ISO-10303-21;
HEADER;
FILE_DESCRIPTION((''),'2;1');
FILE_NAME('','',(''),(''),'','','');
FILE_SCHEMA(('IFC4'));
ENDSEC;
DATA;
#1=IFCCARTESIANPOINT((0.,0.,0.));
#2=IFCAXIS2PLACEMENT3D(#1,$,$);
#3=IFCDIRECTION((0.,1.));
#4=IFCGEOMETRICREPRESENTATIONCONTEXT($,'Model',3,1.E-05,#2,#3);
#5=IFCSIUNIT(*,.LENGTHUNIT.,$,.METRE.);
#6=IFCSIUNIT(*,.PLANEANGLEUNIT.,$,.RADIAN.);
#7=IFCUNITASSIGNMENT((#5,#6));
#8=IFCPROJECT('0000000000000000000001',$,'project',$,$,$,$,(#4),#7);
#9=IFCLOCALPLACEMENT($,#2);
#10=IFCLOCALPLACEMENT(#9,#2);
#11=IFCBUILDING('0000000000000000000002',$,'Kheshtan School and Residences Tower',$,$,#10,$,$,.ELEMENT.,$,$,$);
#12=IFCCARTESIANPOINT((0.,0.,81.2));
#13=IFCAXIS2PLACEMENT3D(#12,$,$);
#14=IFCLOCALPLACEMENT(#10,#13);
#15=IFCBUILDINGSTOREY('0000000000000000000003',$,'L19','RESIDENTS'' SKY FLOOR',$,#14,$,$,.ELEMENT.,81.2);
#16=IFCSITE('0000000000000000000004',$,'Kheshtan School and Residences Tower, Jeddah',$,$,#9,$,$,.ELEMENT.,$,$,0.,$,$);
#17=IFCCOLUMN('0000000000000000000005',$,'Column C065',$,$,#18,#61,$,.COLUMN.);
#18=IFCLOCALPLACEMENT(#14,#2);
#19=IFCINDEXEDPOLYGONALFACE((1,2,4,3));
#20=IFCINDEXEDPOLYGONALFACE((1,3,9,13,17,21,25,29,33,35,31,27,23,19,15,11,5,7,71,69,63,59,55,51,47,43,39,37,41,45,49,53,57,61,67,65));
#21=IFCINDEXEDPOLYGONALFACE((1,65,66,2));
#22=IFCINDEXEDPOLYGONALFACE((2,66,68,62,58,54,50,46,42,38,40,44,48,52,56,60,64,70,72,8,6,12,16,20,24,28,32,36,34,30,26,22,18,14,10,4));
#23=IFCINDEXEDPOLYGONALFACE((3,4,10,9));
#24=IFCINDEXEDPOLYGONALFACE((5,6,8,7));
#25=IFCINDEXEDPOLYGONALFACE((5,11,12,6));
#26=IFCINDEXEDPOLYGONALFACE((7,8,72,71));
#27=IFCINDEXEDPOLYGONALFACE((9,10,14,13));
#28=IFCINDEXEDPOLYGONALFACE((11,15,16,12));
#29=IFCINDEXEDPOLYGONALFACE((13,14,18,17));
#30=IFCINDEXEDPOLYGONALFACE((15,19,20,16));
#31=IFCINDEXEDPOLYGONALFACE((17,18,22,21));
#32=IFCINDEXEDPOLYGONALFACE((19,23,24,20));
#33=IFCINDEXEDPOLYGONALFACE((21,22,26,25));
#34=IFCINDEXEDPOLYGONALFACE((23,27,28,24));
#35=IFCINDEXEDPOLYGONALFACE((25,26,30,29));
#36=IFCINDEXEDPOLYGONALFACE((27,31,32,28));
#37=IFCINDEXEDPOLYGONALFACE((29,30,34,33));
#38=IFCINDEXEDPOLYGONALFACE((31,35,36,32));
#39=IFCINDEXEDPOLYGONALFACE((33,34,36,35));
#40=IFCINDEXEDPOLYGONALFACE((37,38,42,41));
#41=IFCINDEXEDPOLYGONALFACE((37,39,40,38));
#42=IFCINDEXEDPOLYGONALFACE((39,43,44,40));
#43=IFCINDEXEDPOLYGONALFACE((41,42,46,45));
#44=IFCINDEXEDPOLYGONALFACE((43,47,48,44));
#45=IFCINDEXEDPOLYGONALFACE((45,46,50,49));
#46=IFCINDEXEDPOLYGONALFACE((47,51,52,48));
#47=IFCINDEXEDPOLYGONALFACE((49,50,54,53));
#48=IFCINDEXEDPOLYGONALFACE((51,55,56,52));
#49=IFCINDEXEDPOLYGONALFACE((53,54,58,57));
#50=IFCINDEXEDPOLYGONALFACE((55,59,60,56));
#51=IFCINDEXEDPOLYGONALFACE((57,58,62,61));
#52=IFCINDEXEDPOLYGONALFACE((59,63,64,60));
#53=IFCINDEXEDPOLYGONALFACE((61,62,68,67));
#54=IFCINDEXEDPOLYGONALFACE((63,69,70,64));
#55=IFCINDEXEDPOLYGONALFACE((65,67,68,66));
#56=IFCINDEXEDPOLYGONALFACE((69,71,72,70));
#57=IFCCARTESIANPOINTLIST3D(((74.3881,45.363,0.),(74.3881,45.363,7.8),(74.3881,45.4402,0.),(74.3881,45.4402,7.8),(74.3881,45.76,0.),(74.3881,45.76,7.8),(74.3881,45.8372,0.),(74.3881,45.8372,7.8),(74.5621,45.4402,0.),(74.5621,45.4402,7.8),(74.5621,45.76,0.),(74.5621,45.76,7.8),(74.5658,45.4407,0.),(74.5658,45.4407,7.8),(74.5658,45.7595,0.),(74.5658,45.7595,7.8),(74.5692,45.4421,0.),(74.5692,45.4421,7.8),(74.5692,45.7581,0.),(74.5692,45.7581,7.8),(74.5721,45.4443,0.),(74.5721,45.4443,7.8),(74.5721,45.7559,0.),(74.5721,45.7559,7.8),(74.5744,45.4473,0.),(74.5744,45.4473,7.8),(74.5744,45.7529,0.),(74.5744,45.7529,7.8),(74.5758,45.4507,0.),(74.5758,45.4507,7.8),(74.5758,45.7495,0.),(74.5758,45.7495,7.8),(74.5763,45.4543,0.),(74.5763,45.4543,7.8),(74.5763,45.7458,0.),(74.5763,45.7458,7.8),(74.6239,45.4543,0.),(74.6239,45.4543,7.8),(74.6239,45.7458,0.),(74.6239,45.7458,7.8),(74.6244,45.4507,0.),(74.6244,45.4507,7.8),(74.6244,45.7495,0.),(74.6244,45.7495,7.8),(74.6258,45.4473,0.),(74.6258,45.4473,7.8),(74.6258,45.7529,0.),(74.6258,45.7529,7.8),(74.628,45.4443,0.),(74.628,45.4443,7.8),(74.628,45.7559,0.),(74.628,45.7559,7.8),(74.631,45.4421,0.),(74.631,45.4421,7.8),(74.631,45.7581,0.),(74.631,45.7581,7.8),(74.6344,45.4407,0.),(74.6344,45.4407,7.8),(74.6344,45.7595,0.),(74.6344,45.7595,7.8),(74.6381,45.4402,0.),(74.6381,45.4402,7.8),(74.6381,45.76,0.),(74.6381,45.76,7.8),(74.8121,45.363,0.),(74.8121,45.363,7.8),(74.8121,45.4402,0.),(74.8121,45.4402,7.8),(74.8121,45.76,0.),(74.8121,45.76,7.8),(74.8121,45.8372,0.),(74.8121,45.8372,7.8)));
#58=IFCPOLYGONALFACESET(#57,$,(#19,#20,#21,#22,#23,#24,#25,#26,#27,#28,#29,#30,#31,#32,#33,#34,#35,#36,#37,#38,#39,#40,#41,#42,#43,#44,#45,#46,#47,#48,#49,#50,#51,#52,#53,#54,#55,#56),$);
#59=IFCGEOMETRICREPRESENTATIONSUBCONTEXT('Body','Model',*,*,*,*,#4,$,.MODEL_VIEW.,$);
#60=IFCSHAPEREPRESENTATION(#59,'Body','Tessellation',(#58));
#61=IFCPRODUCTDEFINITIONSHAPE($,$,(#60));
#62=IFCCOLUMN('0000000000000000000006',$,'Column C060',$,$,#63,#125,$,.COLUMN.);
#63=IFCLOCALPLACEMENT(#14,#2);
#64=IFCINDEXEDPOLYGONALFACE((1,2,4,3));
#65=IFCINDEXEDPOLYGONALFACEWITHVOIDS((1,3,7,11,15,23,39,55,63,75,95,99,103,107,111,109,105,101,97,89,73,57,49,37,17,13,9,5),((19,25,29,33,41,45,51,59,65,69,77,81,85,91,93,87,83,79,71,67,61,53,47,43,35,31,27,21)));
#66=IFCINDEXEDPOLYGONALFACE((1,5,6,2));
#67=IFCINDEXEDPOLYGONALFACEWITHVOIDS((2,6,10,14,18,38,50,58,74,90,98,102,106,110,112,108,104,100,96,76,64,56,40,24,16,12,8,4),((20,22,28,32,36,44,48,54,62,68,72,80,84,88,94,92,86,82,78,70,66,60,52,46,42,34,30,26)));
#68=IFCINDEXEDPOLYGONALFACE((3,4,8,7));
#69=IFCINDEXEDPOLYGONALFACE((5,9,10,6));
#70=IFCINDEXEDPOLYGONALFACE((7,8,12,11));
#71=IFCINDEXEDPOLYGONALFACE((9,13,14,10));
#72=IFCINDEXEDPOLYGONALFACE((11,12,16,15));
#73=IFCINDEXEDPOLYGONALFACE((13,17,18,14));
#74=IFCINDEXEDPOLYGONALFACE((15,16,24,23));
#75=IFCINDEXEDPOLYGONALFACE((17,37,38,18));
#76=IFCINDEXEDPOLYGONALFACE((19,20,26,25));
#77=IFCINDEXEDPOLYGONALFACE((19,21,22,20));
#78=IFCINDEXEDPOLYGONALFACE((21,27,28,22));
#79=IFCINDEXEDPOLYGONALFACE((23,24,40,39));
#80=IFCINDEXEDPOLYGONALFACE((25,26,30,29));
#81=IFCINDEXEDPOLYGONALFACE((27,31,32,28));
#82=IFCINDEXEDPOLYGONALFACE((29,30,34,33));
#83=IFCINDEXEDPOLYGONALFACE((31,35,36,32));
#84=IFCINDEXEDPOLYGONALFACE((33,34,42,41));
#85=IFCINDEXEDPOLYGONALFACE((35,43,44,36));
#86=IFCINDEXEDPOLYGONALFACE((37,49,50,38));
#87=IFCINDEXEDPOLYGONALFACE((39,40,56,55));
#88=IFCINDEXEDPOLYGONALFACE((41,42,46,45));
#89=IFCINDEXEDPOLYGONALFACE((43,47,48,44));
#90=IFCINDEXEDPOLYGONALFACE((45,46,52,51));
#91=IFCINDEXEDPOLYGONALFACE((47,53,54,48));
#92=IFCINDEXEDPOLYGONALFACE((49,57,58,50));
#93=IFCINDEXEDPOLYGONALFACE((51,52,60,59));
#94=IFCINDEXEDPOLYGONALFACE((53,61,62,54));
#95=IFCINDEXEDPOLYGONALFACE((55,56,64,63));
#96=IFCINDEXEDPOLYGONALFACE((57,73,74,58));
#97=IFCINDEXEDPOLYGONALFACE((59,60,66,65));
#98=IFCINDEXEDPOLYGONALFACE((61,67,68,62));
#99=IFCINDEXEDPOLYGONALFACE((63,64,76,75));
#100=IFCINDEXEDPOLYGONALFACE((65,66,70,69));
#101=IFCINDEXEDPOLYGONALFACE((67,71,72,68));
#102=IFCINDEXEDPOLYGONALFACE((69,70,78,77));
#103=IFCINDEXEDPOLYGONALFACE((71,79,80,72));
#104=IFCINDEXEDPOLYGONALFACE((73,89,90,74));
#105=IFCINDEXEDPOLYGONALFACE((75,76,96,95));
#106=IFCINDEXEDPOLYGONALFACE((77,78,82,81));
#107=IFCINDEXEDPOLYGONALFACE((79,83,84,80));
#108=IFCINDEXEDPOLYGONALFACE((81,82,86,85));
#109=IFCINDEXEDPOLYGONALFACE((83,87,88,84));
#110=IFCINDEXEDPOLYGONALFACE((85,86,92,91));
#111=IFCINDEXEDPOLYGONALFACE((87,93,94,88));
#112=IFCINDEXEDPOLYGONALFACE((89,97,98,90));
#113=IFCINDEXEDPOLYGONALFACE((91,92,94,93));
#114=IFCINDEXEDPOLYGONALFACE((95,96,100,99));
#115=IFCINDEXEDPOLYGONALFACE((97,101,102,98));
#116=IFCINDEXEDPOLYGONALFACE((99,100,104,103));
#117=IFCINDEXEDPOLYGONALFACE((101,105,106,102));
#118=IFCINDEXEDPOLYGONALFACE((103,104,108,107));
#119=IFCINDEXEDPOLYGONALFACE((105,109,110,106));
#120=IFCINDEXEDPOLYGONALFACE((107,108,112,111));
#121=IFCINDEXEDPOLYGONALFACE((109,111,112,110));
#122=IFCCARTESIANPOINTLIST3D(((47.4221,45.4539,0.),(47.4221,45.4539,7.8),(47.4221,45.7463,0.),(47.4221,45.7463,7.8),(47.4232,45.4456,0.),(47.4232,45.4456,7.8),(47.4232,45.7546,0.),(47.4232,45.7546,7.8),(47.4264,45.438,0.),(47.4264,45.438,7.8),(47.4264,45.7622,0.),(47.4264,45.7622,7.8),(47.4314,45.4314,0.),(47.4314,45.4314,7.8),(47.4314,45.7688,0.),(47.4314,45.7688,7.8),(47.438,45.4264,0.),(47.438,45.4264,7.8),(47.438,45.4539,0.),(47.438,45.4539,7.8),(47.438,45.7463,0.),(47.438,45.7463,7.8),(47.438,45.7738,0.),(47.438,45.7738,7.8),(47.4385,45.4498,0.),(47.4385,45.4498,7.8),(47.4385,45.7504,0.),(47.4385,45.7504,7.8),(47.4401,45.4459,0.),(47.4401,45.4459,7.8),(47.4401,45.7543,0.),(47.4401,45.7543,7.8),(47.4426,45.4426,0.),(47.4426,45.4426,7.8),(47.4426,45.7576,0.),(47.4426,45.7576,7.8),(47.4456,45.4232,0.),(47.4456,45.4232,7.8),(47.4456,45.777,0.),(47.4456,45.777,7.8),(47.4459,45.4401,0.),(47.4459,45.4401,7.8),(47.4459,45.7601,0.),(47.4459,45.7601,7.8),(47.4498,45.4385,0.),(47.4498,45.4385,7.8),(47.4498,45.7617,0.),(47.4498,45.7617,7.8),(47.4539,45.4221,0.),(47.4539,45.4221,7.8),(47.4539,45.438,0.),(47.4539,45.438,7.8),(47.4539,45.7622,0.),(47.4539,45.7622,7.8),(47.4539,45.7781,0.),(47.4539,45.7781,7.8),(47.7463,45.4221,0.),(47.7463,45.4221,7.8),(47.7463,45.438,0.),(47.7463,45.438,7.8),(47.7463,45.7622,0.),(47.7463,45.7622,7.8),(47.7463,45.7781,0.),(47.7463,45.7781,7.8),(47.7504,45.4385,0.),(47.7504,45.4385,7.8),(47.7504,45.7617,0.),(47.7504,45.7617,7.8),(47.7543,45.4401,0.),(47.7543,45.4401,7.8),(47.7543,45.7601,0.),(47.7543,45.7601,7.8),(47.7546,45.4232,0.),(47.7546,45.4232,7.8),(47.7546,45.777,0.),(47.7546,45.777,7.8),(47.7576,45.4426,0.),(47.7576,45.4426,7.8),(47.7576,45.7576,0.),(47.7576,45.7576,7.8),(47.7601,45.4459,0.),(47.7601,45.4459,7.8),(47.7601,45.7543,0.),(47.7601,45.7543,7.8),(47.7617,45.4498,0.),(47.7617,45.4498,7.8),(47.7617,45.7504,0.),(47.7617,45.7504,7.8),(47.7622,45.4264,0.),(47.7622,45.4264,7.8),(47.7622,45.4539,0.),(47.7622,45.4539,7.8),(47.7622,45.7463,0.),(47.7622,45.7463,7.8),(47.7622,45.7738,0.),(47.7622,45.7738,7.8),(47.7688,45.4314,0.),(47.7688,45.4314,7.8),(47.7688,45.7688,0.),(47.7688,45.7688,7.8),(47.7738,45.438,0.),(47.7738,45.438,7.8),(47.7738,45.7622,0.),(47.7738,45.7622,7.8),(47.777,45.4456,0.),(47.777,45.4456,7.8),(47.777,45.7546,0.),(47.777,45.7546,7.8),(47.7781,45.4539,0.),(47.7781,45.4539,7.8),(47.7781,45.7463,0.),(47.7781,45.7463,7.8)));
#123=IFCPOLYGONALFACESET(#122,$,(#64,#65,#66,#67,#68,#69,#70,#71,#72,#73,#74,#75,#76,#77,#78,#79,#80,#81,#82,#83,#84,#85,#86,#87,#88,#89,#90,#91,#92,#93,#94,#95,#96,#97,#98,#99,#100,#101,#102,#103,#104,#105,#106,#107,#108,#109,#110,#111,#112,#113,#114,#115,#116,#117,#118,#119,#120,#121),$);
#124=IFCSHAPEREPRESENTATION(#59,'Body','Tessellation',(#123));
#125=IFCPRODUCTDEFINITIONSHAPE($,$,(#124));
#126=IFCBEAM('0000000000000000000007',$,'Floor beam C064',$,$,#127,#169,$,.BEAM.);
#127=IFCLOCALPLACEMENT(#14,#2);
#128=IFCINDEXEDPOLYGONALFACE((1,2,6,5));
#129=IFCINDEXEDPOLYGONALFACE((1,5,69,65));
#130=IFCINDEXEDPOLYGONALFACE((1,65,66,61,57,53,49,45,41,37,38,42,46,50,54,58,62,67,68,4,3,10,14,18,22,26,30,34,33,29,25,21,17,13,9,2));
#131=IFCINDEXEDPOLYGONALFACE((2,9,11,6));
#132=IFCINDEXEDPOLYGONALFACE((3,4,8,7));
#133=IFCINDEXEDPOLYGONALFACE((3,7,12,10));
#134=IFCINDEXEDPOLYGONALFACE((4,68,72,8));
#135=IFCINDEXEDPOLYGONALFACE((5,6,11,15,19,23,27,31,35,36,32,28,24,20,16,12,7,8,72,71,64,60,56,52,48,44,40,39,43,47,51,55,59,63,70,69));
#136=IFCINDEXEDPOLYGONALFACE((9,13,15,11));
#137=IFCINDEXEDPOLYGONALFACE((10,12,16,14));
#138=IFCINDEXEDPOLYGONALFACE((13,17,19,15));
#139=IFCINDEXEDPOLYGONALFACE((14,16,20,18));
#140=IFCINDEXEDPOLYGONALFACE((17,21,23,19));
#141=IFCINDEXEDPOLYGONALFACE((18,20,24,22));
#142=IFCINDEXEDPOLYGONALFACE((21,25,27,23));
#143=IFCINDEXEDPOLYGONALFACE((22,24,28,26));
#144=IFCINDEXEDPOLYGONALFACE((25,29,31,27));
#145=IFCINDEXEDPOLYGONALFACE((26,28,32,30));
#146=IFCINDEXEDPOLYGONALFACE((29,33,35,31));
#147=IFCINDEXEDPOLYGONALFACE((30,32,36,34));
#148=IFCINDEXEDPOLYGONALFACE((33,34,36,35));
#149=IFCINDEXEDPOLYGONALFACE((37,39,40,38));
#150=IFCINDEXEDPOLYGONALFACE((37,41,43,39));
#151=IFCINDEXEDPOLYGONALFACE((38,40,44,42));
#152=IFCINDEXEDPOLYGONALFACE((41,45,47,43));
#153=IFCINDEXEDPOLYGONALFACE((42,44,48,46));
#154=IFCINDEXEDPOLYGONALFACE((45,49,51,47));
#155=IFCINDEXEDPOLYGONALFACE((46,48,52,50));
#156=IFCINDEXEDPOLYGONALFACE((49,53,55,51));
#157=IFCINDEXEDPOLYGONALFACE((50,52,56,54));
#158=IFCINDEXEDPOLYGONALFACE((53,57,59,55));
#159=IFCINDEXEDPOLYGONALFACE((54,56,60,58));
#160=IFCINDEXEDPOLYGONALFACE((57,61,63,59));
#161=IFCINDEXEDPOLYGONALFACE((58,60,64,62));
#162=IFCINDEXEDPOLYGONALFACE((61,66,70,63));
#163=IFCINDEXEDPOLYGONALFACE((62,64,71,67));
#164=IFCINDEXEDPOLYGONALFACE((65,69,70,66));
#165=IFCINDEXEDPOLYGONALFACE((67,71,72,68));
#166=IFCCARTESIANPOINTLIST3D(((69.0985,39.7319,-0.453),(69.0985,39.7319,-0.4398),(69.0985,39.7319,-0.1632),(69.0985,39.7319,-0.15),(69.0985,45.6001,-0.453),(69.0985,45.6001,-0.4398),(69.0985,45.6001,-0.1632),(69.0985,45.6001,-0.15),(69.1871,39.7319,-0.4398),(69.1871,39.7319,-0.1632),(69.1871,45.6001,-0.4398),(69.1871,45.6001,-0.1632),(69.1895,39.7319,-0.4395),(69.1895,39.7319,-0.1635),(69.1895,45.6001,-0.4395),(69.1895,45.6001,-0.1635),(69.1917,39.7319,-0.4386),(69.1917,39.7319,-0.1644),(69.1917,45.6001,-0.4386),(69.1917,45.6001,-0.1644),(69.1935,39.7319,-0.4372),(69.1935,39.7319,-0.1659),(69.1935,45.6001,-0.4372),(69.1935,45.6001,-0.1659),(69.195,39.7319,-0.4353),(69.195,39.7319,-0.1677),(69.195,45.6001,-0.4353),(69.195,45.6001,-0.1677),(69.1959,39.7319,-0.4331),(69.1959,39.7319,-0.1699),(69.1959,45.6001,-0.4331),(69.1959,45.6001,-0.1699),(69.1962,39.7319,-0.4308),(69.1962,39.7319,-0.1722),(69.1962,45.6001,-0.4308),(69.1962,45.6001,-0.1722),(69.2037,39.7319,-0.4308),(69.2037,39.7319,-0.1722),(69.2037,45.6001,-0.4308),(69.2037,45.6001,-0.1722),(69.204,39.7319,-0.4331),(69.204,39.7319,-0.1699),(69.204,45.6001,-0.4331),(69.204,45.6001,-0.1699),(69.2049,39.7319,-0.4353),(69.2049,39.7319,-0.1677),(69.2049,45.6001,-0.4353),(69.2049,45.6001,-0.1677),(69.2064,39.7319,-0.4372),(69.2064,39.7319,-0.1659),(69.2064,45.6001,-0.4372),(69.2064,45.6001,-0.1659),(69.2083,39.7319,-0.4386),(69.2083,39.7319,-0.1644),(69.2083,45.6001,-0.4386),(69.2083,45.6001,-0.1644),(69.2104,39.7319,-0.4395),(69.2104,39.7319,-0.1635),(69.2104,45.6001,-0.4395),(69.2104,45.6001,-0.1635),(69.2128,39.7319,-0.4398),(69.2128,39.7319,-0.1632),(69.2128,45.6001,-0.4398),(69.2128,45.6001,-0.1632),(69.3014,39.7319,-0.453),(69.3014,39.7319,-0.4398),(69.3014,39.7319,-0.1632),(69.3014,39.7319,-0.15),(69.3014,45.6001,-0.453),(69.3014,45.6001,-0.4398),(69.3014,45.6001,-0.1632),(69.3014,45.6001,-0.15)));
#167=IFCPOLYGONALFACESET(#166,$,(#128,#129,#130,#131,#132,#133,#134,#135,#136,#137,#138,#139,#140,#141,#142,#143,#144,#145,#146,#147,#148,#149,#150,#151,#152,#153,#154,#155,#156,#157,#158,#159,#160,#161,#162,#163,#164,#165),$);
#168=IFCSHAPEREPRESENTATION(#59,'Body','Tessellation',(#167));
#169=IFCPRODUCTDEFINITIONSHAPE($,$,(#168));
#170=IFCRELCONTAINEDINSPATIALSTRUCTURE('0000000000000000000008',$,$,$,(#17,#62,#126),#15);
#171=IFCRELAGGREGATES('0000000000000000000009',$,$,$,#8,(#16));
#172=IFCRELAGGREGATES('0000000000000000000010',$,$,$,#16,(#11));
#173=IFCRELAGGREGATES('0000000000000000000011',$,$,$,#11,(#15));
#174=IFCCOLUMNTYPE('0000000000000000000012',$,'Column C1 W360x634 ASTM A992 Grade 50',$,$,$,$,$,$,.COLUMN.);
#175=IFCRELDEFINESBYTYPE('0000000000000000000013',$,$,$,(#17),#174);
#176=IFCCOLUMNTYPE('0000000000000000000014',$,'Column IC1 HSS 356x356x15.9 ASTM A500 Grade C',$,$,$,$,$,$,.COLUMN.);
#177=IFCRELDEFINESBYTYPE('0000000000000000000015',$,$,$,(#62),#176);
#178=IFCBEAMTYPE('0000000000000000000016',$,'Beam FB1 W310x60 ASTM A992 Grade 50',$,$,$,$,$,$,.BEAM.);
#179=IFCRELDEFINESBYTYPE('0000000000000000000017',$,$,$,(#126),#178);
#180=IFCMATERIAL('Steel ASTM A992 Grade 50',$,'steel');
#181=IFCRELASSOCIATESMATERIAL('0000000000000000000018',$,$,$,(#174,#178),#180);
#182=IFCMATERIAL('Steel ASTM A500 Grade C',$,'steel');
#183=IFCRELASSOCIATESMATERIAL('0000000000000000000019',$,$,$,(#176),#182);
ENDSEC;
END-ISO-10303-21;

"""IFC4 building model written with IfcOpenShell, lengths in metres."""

from ifc_helpers import new_model, si_unit, direction, frame, origin, origin_2d, place, context, subcontext, project, spatial, hollow_rectangle, i_section, extrude, material, material_profile, profile_set, type_object, element, save


model = new_model("IFC4")

# Units and contexts
model_context = context("Model", 3, precision=1e-05, world=origin(), true_north=direction((0.0, 1.0)))
body_context = subcontext(model_context, "Body", "Model", "MODEL_VIEW")
ifc_project = project(units=[si_unit("LENGTHUNIT", "METRE"), si_unit("PLANEANGLEUNIT", "RADIAN")], contexts=[model_context])

# Site, building, storey
site_placement = place(None, origin())
site = spatial("IfcSite", under=ifc_project, at=site_placement, Name="Kheshtan School and Residences Tower, Jeddah", CompositionType="ELEMENT", RefElevation=0.0)
building_placement = place(site_placement, origin())
building = spatial("IfcBuilding", under=site, at=building_placement, Name="Kheshtan School and Residences Tower", CompositionType="ELEMENT")
storey_placement = place(building_placement, frame((0.0, 0.0, 81.2)))
storey = spatial("IfcBuildingStorey", under=building, at=storey_placement, Name="L19", Description="RESIDENTS' SKY FLOOR", CompositionType="ELEMENT", Elevation=81.2)

# Columns
ifc_material_1 = material(Name="Steel ASTM A992 Grade 50", Category="steel")
ifc_material_profile_1 = material_profile(ifc_material_1, i_section(OverallWidth=0.4241, OverallDepth=0.4741, WebThickness=0.0476, FlangeThickness=0.0771, FilletRadius=0.0142, at=origin_2d()), Name="W360x634")
ifc_profile_set_1 = profile_set([ifc_material_profile_1], Name="Steel ASTM A992 Grade 50")
column_type_1 = type_object("IfcColumnType", Name="Column C1 W360x634 ASTM A992 Grade 50", PredefinedType="COLUMN", material=ifc_profile_set_1)
for number, where, z_axis, x_axis, name in (
    (1, (74.6001, 45.6001, 0.0), (0.0, 0.0, 1.0), (1.0, 0.0, 0.0), "Column C065"),
):
    element("IfcColumn", number, at=place(storey_placement, frame(where, z_axis=z_axis, x_axis=x_axis)), inside=storey, type_object=column_type_1, Name=name, PredefinedType="COLUMN", context=body_context, shape_type="SweptSolid", body=[
        extrude(i_section(OverallWidth=0.4241, OverallDepth=0.4741, WebThickness=0.0476, FlangeThickness=0.0771, FilletRadius=0.0142, at=origin_2d()), origin(), (0.0, 0.0, 1.0), 7.8),
    ])
ifc_material_2 = material(Name="Steel ASTM A500 Grade C", Category="steel")
ifc_material_profile_2 = material_profile(ifc_material_2, hollow_rectangle(XDim=0.356, YDim=0.356, WallThickness=0.0159, InnerFilletRadius=0.0159, OuterFilletRadius=0.0317, at=origin_2d()), Name="HSS 356x356x15.9")
ifc_profile_set_2 = profile_set([ifc_material_profile_2], Name="Steel ASTM A500 Grade C")
column_type_2 = type_object("IfcColumnType", Name="Column IC1 HSS 356x356x15.9 ASTM A500 Grade C", PredefinedType="COLUMN", material=ifc_profile_set_2)
column_placement = place(storey_placement, frame((47.6001, 45.6001, 0.0), z_axis=(0.0, 0.0, 1.0), x_axis=(1.0, 0.0, 0.0)))
element("IfcColumn", 2, at=column_placement, inside=storey, type_object=column_type_2, Name="Column C060", PredefinedType="COLUMN", context=body_context, shape_type="SweptSolid", body=[
    extrude(hollow_rectangle(XDim=0.356, YDim=0.356, WallThickness=0.0159, InnerFilletRadius=0.0159, OuterFilletRadius=0.0317, at=origin_2d()), origin(), (0.0, 0.0, 1.0), 7.8),
])

# Beam
ifc_material_profile_3 = material_profile(ifc_material_1, i_section(OverallWidth=0.2029, OverallDepth=0.303, WebThickness=0.0076, FlangeThickness=0.0132, FilletRadius=0.009, at=origin_2d()), Name="W310x60")
ifc_profile_set_3 = profile_set([ifc_material_profile_3], Name="Steel ASTM A992 Grade 50")
beam_type_1 = type_object("IfcBeamType", Name="Beam FB1 W310x60 ASTM A992 Grade 50", PredefinedType="BEAM", material=ifc_profile_set_3)
beam_1_placement = place(storey_placement, frame((69.2, 45.6001, -0.3015), z_axis=(0.0, -1.0, 0.0), x_axis=(1.0, 0.0, 0.0)))
element("IfcBeam", 3, at=beam_1_placement, inside=storey, type_object=beam_type_1, Name="Floor beam C064", PredefinedType="BEAM", context=body_context, shape_type="SweptSolid", body=[
    extrude(i_section(OverallWidth=0.2029, OverallDepth=0.303, WebThickness=0.0076, FlangeThickness=0.0132, FilletRadius=0.009, at=origin_2d()), origin(), (0.0, 0.0, 1.0), 5.8682),
])

save(model, "model.ifc")
